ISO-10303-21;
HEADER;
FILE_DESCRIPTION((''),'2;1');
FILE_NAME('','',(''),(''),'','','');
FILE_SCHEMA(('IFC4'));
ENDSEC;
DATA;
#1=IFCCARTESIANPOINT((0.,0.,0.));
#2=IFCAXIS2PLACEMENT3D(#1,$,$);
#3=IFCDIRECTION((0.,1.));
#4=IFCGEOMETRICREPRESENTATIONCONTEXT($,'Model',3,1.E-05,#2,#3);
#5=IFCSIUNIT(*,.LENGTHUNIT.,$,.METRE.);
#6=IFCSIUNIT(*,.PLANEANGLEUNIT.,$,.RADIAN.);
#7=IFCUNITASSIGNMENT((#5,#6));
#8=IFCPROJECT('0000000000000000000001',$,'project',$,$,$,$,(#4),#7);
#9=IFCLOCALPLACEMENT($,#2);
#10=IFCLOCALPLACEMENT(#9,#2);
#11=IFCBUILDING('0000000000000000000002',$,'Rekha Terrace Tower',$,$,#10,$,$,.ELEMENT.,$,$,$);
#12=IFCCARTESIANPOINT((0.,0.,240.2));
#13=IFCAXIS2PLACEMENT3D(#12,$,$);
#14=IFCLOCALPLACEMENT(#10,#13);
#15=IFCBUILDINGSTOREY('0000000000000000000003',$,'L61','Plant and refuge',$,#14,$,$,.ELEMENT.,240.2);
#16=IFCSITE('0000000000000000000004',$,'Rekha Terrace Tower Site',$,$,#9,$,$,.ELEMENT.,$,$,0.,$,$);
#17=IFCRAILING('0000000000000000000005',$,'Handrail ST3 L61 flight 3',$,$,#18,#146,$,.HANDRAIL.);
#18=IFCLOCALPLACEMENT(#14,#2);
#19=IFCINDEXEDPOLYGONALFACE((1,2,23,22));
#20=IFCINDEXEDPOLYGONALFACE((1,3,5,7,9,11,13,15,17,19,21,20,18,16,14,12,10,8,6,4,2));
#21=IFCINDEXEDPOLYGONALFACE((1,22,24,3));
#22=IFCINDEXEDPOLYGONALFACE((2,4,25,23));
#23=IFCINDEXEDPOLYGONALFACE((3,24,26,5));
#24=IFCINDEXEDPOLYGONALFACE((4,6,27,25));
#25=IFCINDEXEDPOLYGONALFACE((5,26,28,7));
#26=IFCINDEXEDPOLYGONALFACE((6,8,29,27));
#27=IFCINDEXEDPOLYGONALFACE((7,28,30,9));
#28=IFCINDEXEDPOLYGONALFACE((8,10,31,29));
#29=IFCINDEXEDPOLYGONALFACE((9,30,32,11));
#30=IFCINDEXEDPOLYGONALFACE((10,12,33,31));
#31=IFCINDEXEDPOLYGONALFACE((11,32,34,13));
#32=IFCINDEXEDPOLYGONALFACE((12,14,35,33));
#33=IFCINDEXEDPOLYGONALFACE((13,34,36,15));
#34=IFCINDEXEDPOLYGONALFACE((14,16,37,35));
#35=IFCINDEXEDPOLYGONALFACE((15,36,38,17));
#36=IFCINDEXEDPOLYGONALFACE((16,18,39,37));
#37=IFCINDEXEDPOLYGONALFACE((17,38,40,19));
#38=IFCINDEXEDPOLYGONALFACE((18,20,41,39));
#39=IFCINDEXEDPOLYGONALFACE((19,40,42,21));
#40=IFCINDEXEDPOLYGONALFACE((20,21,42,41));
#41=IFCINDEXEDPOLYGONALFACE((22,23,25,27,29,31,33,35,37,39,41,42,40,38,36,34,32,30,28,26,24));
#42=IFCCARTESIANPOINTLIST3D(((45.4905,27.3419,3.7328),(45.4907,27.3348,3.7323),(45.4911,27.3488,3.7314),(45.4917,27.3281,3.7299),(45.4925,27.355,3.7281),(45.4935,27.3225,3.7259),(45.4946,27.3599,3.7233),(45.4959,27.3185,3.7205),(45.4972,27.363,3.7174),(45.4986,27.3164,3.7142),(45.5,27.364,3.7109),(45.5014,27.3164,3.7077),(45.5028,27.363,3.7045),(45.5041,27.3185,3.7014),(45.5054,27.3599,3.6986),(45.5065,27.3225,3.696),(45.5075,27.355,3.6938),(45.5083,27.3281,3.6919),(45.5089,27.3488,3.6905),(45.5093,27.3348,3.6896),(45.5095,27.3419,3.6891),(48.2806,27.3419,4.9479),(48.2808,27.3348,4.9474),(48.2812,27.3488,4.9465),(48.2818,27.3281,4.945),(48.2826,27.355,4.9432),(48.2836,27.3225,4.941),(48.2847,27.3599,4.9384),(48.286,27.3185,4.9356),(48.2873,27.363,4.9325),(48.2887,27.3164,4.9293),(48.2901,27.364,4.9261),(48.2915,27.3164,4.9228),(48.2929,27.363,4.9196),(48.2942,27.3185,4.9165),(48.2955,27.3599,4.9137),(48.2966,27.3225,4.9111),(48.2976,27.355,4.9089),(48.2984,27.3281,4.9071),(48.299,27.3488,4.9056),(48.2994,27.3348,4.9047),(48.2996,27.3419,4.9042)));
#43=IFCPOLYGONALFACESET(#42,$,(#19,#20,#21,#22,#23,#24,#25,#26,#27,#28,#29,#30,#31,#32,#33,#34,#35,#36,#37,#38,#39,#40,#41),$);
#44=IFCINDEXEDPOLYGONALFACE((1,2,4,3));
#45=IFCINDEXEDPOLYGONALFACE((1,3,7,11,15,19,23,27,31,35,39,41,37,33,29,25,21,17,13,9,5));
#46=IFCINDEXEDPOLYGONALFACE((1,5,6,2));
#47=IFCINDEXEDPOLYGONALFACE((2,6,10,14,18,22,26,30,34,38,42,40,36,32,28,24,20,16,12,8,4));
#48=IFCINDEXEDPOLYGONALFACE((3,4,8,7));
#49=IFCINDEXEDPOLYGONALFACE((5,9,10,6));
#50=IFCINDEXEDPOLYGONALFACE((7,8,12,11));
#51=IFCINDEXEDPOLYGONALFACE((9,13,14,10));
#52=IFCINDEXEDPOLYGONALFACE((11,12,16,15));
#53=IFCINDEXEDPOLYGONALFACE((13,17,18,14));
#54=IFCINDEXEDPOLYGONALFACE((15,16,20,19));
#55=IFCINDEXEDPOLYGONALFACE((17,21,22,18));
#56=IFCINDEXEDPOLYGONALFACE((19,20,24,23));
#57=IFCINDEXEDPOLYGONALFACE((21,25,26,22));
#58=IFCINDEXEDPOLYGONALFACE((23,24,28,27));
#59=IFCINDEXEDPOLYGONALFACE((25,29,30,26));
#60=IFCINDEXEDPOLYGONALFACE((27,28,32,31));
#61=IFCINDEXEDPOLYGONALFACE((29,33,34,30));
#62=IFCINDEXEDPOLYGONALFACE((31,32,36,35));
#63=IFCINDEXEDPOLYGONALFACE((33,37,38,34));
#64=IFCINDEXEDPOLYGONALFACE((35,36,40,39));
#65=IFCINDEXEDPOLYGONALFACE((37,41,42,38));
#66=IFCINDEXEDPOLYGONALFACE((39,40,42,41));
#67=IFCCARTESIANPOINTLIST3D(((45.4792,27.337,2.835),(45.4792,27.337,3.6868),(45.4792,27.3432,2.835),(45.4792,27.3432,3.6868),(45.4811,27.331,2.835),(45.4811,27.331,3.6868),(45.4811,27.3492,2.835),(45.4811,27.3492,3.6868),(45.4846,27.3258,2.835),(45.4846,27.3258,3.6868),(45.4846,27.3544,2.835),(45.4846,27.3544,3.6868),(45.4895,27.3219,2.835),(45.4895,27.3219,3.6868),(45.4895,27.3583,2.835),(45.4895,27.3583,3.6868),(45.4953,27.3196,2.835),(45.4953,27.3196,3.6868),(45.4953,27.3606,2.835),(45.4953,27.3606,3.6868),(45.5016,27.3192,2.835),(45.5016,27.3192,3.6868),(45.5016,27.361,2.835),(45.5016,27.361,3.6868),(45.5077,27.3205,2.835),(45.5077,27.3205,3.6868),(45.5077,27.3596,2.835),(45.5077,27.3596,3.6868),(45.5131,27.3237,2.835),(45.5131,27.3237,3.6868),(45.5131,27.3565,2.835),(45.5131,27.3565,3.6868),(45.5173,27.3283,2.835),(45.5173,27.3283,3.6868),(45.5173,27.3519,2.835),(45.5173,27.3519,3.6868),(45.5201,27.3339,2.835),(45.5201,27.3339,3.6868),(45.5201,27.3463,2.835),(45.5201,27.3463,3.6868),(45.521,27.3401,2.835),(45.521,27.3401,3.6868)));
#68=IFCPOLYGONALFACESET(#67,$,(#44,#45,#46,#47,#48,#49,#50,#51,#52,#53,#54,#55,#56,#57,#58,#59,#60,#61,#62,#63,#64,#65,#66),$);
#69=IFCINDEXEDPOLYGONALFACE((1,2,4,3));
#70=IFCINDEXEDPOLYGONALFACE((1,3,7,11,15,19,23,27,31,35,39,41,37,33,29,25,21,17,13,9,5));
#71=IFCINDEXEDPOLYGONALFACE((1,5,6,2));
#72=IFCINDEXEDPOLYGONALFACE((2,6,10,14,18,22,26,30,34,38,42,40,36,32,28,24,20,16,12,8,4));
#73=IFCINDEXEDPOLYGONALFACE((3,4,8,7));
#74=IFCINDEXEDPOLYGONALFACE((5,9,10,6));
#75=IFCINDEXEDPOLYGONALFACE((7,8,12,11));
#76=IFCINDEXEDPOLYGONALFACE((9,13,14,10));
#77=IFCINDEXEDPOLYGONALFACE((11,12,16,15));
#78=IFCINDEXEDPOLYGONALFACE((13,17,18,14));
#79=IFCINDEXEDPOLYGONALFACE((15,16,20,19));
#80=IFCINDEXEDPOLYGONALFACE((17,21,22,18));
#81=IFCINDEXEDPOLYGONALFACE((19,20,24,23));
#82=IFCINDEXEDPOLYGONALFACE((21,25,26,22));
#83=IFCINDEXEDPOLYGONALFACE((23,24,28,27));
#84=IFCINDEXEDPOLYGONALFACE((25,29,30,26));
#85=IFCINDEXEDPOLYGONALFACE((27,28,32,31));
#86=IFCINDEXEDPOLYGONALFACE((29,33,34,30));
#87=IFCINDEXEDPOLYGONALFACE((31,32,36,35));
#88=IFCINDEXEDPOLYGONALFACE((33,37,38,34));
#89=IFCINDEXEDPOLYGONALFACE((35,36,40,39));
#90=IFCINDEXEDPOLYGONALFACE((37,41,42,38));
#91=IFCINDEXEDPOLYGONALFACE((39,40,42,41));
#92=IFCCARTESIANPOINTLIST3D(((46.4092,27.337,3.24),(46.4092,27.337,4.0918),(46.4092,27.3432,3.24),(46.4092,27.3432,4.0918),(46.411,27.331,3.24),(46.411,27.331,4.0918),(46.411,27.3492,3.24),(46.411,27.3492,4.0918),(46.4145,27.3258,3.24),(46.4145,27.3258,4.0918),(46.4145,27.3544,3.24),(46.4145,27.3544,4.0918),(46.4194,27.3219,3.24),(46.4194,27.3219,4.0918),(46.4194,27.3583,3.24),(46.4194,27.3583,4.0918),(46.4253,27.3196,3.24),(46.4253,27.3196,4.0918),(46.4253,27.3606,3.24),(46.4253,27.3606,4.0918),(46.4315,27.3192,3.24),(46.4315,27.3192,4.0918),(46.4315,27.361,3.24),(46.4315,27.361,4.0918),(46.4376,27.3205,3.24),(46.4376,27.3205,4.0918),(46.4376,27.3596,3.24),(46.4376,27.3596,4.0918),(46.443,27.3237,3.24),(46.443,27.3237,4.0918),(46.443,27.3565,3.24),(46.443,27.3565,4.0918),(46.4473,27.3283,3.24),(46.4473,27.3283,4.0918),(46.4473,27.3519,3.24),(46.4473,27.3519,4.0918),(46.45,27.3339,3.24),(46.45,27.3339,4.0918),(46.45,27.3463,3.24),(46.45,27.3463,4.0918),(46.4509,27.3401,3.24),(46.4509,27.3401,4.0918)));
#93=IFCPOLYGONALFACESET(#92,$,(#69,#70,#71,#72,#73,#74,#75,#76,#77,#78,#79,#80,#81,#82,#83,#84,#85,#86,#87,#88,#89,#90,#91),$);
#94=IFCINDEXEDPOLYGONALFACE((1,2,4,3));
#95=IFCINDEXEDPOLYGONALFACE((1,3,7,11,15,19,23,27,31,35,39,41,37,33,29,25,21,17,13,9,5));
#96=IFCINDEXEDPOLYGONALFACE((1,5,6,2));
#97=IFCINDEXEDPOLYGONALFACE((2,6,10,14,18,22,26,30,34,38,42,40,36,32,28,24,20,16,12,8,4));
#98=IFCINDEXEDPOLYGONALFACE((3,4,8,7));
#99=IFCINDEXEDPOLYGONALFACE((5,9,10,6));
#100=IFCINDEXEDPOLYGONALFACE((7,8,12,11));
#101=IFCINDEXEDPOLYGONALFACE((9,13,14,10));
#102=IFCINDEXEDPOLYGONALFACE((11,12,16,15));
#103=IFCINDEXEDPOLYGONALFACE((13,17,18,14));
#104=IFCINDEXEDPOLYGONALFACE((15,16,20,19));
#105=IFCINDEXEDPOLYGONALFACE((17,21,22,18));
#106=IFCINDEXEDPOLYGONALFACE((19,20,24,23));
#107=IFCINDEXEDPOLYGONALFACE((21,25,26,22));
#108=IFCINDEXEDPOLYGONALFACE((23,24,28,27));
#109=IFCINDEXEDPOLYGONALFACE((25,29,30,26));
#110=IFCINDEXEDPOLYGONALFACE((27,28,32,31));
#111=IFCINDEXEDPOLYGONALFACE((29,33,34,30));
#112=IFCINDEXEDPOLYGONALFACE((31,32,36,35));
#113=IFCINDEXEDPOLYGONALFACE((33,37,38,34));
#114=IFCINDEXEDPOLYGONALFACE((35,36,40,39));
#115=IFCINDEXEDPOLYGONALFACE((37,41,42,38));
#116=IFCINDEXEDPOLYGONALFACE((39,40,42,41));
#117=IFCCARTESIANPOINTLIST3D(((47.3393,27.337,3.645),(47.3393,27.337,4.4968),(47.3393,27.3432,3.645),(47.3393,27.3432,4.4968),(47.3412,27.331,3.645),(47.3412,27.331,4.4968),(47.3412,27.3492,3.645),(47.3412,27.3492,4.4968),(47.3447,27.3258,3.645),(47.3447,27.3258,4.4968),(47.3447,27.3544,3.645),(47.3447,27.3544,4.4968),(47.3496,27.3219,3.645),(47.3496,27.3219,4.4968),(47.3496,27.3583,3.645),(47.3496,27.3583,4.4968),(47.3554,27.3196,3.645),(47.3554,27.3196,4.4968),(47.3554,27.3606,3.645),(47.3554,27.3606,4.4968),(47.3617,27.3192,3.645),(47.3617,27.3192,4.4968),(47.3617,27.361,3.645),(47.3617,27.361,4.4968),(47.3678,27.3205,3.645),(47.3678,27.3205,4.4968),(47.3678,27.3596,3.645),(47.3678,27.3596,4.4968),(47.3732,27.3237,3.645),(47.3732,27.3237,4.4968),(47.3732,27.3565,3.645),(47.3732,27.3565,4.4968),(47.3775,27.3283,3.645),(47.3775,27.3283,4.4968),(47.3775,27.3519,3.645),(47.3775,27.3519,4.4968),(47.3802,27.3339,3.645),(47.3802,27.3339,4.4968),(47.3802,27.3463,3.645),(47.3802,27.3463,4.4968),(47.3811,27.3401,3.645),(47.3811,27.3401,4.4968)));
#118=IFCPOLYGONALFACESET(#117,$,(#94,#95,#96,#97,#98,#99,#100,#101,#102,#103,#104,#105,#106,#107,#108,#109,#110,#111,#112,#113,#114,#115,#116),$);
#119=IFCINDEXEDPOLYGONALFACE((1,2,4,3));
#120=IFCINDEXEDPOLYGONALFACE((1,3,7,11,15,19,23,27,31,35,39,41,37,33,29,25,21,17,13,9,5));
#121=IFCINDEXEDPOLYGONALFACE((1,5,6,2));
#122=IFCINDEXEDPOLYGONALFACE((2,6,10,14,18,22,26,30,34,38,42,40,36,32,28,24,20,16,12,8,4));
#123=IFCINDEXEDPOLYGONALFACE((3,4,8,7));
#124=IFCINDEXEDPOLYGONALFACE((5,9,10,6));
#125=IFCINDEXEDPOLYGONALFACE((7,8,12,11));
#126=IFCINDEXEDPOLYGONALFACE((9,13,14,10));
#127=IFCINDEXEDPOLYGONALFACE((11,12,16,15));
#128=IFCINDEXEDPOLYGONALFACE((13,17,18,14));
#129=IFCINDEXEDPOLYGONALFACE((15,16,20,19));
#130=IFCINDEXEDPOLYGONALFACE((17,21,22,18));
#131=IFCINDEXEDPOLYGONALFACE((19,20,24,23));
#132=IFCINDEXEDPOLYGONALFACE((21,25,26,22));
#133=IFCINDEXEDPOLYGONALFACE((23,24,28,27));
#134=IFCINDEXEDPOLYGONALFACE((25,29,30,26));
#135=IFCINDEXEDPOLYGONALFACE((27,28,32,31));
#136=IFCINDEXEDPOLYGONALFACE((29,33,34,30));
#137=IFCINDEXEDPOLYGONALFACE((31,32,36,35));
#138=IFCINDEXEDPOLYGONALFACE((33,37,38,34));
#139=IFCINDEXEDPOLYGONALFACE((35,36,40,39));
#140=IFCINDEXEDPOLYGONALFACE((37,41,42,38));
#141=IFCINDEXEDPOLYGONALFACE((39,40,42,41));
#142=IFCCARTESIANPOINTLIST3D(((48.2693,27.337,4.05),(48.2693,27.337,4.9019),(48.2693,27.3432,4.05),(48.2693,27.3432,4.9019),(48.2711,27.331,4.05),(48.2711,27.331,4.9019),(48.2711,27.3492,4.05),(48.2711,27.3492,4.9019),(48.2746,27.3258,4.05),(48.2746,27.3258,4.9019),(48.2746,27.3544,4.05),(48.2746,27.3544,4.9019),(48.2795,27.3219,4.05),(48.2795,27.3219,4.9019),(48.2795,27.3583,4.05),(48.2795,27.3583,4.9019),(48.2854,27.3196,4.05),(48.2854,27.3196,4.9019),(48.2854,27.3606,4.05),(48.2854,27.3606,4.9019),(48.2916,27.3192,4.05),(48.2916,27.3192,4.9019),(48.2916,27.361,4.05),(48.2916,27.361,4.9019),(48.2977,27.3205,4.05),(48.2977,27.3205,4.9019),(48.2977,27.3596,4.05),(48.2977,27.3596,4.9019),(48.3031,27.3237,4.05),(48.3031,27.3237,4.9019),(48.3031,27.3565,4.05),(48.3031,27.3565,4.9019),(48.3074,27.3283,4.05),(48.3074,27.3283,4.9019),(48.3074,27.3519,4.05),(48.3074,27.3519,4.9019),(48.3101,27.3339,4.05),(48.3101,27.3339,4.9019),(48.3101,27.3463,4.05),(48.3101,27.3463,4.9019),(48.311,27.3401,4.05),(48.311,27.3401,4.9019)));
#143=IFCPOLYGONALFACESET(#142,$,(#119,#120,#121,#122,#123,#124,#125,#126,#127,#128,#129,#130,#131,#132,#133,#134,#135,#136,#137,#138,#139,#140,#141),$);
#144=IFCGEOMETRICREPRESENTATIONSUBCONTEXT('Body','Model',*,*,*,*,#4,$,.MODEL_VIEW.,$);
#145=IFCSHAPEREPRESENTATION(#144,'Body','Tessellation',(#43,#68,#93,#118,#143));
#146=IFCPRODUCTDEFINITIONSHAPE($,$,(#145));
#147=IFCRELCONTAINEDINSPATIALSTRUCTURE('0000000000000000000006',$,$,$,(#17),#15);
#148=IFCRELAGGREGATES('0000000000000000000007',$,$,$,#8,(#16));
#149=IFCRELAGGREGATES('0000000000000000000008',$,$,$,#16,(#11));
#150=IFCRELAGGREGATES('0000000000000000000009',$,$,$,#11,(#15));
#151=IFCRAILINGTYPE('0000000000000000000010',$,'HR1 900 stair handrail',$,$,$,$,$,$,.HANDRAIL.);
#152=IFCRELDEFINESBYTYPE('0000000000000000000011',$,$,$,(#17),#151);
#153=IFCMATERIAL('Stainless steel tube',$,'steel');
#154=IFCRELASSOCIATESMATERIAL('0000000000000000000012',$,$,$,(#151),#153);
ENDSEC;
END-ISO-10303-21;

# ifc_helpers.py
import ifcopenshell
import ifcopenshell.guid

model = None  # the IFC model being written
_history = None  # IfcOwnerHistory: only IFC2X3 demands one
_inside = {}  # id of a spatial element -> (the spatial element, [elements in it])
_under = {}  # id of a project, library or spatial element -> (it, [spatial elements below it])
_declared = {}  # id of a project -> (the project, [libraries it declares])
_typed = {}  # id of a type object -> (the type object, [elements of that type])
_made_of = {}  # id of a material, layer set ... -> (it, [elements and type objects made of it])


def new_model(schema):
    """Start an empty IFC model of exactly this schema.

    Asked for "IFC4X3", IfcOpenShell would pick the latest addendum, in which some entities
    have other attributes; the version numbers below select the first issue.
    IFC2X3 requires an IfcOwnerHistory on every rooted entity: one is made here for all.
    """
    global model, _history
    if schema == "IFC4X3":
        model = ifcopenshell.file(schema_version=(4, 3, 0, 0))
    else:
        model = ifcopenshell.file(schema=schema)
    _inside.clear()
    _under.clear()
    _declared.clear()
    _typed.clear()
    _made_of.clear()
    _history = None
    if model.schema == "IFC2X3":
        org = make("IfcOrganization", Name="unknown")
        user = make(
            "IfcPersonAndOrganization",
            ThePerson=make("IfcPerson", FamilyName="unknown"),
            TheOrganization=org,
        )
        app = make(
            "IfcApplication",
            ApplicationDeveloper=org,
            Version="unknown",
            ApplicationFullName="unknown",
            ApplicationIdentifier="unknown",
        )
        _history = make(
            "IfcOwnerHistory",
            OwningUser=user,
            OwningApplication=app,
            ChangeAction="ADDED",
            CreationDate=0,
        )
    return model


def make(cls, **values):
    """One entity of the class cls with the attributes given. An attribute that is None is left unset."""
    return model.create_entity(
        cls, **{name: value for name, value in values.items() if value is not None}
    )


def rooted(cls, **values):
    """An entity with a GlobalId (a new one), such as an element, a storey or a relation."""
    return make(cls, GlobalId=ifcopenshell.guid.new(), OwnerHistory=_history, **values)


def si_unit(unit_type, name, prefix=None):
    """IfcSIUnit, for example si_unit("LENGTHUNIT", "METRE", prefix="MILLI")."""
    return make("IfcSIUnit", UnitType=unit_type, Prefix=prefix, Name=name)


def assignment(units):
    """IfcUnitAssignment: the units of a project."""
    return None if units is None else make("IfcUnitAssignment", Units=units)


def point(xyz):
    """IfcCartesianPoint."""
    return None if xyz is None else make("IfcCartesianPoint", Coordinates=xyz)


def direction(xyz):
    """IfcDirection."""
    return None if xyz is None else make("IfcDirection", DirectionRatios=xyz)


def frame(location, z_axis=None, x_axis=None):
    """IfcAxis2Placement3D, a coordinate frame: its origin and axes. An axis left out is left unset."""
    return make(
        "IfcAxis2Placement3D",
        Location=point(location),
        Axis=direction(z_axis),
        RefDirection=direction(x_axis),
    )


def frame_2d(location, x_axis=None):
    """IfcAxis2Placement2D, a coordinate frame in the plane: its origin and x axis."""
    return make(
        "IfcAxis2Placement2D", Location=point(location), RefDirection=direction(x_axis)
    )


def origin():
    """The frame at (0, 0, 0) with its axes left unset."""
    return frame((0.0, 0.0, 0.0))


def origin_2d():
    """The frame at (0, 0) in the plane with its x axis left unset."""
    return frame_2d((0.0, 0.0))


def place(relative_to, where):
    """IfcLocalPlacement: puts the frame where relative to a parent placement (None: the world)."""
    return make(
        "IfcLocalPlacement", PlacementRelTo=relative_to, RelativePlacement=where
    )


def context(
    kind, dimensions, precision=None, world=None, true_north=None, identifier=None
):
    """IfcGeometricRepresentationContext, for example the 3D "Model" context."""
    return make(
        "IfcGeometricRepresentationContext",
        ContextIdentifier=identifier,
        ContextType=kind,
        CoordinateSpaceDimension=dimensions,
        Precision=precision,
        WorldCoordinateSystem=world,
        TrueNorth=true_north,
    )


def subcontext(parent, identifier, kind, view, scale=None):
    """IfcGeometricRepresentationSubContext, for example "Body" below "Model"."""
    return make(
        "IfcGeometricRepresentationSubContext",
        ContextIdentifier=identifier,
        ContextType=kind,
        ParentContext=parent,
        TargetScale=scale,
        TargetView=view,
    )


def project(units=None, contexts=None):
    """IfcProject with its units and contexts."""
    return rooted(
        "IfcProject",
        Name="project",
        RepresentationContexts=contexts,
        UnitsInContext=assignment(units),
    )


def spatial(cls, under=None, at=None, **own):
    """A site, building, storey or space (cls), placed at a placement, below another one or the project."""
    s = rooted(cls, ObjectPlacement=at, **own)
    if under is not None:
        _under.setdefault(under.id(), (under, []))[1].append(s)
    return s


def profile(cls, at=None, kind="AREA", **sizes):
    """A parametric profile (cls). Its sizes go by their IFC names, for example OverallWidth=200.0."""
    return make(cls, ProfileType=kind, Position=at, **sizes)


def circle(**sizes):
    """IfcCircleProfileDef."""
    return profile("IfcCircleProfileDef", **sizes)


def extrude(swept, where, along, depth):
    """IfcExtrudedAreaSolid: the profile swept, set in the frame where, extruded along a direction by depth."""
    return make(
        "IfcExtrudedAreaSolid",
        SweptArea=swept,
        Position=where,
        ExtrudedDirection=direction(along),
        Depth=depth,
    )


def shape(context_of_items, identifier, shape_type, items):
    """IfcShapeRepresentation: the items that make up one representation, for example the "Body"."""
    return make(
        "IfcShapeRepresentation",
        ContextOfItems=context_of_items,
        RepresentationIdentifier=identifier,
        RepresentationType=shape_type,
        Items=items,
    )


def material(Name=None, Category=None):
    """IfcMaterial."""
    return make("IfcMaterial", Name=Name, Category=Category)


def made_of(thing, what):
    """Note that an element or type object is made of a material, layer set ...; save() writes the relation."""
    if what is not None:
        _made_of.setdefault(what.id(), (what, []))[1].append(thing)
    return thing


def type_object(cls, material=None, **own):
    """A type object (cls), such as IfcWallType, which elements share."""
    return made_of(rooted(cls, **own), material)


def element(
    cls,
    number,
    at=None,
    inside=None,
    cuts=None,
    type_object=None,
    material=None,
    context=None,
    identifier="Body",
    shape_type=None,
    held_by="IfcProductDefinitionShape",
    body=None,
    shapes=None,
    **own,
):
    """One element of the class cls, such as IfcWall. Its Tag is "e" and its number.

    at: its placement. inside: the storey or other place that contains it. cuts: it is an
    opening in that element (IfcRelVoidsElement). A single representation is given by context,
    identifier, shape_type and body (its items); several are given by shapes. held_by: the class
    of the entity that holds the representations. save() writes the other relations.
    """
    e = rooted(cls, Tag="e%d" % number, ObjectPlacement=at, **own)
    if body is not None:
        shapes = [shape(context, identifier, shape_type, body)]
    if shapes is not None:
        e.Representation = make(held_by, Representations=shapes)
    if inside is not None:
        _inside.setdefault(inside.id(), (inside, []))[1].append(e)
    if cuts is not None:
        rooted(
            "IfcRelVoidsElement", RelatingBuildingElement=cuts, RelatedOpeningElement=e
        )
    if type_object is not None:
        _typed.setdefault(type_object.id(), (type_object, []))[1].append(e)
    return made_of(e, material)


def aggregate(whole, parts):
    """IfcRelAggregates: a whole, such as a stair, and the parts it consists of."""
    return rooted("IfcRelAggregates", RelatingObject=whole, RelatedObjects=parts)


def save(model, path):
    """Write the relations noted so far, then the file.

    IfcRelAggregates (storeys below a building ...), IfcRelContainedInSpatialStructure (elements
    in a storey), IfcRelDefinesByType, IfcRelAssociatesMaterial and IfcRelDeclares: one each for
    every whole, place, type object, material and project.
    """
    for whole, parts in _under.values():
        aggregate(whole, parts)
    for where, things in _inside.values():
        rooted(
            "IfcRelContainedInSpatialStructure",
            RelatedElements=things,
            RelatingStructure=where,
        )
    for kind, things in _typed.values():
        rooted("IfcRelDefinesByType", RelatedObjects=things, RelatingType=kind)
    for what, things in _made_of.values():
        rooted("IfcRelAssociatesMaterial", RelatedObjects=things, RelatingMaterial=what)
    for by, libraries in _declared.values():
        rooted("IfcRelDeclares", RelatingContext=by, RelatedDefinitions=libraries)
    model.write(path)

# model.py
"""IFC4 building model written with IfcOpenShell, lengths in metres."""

from ifc_helpers import new_model, si_unit, direction, frame, origin, origin_2d, place, context, subcontext, project, spatial, circle, extrude, material, type_object, element, save


model = new_model("IFC4")

# Units and contexts
model_context = context("Model", 3, precision=1e-05, world=origin(), true_north=direction((0.0, 1.0)))
body_context = subcontext(model_context, "Body", "Model", "MODEL_VIEW")
ifc_project = project(units=[si_unit("LENGTHUNIT", "METRE"), si_unit("PLANEANGLEUNIT", "RADIAN")], contexts=[model_context])

# Site, building, storey
site_placement = place(None, origin())
site = spatial("IfcSite", under=ifc_project, at=site_placement, Name="Rekha Terrace Tower Site", CompositionType="ELEMENT", RefElevation=0.0)
building_placement = place(site_placement, origin())
building = spatial("IfcBuilding", under=site, at=building_placement, Name="Rekha Terrace Tower", CompositionType="ELEMENT")
storey_placement = place(building_placement, frame((0.0, 0.0, 240.2)))
storey = spatial("IfcBuildingStorey", under=building, at=storey_placement, Name="L61", Description="Plant and refuge", CompositionType="ELEMENT", Elevation=240.2)

# Railing
ifc_material_1 = material(Name="Stainless steel tube", Category="steel")
railing_type_1 = type_object("IfcRailingType", Name="HR1 900 stair handrail", PredefinedType="HANDRAIL", material=ifc_material_1)
railing_1_placement = place(storey_placement, frame((45.5, 27.3401, 2.835)))
element("IfcRailing", 1, at=railing_1_placement, inside=storey, type_object=railing_type_1, Name="Handrail ST3 L61 flight 3", PredefinedType="HANDRAIL", context=body_context, shape_type="SweptSolid", body=[
    extrude(circle(Radius=0.0239, at=origin_2d()), frame((0.0, 0.0, 0.876), z_axis=(0.916826, 0.0, 0.399286), x_axis=(0.0, 1.0, 0.0)), (0.0, 0.0, 1.0), 3.0432),
    extrude(circle(Radius=0.021, at=origin_2d()), origin(), (0.0, 0.0, 1.0), 0.8518),
    extrude(circle(Radius=0.021, at=origin_2d()), frame((0.9299, 0.0, 0.405)), (0.0, 0.0, 1.0), 0.8518),
    extrude(circle(Radius=0.021, at=origin_2d()), frame((1.8601, 0.0, 0.8101)), (0.0, 0.0, 1.0), 0.8518),
    extrude(circle(Radius=0.021, at=origin_2d()), frame((2.79, 0.0, 1.2151)), (0.0, 0.0, 1.0), 0.8518),
])

save(model, "model.ifc")
